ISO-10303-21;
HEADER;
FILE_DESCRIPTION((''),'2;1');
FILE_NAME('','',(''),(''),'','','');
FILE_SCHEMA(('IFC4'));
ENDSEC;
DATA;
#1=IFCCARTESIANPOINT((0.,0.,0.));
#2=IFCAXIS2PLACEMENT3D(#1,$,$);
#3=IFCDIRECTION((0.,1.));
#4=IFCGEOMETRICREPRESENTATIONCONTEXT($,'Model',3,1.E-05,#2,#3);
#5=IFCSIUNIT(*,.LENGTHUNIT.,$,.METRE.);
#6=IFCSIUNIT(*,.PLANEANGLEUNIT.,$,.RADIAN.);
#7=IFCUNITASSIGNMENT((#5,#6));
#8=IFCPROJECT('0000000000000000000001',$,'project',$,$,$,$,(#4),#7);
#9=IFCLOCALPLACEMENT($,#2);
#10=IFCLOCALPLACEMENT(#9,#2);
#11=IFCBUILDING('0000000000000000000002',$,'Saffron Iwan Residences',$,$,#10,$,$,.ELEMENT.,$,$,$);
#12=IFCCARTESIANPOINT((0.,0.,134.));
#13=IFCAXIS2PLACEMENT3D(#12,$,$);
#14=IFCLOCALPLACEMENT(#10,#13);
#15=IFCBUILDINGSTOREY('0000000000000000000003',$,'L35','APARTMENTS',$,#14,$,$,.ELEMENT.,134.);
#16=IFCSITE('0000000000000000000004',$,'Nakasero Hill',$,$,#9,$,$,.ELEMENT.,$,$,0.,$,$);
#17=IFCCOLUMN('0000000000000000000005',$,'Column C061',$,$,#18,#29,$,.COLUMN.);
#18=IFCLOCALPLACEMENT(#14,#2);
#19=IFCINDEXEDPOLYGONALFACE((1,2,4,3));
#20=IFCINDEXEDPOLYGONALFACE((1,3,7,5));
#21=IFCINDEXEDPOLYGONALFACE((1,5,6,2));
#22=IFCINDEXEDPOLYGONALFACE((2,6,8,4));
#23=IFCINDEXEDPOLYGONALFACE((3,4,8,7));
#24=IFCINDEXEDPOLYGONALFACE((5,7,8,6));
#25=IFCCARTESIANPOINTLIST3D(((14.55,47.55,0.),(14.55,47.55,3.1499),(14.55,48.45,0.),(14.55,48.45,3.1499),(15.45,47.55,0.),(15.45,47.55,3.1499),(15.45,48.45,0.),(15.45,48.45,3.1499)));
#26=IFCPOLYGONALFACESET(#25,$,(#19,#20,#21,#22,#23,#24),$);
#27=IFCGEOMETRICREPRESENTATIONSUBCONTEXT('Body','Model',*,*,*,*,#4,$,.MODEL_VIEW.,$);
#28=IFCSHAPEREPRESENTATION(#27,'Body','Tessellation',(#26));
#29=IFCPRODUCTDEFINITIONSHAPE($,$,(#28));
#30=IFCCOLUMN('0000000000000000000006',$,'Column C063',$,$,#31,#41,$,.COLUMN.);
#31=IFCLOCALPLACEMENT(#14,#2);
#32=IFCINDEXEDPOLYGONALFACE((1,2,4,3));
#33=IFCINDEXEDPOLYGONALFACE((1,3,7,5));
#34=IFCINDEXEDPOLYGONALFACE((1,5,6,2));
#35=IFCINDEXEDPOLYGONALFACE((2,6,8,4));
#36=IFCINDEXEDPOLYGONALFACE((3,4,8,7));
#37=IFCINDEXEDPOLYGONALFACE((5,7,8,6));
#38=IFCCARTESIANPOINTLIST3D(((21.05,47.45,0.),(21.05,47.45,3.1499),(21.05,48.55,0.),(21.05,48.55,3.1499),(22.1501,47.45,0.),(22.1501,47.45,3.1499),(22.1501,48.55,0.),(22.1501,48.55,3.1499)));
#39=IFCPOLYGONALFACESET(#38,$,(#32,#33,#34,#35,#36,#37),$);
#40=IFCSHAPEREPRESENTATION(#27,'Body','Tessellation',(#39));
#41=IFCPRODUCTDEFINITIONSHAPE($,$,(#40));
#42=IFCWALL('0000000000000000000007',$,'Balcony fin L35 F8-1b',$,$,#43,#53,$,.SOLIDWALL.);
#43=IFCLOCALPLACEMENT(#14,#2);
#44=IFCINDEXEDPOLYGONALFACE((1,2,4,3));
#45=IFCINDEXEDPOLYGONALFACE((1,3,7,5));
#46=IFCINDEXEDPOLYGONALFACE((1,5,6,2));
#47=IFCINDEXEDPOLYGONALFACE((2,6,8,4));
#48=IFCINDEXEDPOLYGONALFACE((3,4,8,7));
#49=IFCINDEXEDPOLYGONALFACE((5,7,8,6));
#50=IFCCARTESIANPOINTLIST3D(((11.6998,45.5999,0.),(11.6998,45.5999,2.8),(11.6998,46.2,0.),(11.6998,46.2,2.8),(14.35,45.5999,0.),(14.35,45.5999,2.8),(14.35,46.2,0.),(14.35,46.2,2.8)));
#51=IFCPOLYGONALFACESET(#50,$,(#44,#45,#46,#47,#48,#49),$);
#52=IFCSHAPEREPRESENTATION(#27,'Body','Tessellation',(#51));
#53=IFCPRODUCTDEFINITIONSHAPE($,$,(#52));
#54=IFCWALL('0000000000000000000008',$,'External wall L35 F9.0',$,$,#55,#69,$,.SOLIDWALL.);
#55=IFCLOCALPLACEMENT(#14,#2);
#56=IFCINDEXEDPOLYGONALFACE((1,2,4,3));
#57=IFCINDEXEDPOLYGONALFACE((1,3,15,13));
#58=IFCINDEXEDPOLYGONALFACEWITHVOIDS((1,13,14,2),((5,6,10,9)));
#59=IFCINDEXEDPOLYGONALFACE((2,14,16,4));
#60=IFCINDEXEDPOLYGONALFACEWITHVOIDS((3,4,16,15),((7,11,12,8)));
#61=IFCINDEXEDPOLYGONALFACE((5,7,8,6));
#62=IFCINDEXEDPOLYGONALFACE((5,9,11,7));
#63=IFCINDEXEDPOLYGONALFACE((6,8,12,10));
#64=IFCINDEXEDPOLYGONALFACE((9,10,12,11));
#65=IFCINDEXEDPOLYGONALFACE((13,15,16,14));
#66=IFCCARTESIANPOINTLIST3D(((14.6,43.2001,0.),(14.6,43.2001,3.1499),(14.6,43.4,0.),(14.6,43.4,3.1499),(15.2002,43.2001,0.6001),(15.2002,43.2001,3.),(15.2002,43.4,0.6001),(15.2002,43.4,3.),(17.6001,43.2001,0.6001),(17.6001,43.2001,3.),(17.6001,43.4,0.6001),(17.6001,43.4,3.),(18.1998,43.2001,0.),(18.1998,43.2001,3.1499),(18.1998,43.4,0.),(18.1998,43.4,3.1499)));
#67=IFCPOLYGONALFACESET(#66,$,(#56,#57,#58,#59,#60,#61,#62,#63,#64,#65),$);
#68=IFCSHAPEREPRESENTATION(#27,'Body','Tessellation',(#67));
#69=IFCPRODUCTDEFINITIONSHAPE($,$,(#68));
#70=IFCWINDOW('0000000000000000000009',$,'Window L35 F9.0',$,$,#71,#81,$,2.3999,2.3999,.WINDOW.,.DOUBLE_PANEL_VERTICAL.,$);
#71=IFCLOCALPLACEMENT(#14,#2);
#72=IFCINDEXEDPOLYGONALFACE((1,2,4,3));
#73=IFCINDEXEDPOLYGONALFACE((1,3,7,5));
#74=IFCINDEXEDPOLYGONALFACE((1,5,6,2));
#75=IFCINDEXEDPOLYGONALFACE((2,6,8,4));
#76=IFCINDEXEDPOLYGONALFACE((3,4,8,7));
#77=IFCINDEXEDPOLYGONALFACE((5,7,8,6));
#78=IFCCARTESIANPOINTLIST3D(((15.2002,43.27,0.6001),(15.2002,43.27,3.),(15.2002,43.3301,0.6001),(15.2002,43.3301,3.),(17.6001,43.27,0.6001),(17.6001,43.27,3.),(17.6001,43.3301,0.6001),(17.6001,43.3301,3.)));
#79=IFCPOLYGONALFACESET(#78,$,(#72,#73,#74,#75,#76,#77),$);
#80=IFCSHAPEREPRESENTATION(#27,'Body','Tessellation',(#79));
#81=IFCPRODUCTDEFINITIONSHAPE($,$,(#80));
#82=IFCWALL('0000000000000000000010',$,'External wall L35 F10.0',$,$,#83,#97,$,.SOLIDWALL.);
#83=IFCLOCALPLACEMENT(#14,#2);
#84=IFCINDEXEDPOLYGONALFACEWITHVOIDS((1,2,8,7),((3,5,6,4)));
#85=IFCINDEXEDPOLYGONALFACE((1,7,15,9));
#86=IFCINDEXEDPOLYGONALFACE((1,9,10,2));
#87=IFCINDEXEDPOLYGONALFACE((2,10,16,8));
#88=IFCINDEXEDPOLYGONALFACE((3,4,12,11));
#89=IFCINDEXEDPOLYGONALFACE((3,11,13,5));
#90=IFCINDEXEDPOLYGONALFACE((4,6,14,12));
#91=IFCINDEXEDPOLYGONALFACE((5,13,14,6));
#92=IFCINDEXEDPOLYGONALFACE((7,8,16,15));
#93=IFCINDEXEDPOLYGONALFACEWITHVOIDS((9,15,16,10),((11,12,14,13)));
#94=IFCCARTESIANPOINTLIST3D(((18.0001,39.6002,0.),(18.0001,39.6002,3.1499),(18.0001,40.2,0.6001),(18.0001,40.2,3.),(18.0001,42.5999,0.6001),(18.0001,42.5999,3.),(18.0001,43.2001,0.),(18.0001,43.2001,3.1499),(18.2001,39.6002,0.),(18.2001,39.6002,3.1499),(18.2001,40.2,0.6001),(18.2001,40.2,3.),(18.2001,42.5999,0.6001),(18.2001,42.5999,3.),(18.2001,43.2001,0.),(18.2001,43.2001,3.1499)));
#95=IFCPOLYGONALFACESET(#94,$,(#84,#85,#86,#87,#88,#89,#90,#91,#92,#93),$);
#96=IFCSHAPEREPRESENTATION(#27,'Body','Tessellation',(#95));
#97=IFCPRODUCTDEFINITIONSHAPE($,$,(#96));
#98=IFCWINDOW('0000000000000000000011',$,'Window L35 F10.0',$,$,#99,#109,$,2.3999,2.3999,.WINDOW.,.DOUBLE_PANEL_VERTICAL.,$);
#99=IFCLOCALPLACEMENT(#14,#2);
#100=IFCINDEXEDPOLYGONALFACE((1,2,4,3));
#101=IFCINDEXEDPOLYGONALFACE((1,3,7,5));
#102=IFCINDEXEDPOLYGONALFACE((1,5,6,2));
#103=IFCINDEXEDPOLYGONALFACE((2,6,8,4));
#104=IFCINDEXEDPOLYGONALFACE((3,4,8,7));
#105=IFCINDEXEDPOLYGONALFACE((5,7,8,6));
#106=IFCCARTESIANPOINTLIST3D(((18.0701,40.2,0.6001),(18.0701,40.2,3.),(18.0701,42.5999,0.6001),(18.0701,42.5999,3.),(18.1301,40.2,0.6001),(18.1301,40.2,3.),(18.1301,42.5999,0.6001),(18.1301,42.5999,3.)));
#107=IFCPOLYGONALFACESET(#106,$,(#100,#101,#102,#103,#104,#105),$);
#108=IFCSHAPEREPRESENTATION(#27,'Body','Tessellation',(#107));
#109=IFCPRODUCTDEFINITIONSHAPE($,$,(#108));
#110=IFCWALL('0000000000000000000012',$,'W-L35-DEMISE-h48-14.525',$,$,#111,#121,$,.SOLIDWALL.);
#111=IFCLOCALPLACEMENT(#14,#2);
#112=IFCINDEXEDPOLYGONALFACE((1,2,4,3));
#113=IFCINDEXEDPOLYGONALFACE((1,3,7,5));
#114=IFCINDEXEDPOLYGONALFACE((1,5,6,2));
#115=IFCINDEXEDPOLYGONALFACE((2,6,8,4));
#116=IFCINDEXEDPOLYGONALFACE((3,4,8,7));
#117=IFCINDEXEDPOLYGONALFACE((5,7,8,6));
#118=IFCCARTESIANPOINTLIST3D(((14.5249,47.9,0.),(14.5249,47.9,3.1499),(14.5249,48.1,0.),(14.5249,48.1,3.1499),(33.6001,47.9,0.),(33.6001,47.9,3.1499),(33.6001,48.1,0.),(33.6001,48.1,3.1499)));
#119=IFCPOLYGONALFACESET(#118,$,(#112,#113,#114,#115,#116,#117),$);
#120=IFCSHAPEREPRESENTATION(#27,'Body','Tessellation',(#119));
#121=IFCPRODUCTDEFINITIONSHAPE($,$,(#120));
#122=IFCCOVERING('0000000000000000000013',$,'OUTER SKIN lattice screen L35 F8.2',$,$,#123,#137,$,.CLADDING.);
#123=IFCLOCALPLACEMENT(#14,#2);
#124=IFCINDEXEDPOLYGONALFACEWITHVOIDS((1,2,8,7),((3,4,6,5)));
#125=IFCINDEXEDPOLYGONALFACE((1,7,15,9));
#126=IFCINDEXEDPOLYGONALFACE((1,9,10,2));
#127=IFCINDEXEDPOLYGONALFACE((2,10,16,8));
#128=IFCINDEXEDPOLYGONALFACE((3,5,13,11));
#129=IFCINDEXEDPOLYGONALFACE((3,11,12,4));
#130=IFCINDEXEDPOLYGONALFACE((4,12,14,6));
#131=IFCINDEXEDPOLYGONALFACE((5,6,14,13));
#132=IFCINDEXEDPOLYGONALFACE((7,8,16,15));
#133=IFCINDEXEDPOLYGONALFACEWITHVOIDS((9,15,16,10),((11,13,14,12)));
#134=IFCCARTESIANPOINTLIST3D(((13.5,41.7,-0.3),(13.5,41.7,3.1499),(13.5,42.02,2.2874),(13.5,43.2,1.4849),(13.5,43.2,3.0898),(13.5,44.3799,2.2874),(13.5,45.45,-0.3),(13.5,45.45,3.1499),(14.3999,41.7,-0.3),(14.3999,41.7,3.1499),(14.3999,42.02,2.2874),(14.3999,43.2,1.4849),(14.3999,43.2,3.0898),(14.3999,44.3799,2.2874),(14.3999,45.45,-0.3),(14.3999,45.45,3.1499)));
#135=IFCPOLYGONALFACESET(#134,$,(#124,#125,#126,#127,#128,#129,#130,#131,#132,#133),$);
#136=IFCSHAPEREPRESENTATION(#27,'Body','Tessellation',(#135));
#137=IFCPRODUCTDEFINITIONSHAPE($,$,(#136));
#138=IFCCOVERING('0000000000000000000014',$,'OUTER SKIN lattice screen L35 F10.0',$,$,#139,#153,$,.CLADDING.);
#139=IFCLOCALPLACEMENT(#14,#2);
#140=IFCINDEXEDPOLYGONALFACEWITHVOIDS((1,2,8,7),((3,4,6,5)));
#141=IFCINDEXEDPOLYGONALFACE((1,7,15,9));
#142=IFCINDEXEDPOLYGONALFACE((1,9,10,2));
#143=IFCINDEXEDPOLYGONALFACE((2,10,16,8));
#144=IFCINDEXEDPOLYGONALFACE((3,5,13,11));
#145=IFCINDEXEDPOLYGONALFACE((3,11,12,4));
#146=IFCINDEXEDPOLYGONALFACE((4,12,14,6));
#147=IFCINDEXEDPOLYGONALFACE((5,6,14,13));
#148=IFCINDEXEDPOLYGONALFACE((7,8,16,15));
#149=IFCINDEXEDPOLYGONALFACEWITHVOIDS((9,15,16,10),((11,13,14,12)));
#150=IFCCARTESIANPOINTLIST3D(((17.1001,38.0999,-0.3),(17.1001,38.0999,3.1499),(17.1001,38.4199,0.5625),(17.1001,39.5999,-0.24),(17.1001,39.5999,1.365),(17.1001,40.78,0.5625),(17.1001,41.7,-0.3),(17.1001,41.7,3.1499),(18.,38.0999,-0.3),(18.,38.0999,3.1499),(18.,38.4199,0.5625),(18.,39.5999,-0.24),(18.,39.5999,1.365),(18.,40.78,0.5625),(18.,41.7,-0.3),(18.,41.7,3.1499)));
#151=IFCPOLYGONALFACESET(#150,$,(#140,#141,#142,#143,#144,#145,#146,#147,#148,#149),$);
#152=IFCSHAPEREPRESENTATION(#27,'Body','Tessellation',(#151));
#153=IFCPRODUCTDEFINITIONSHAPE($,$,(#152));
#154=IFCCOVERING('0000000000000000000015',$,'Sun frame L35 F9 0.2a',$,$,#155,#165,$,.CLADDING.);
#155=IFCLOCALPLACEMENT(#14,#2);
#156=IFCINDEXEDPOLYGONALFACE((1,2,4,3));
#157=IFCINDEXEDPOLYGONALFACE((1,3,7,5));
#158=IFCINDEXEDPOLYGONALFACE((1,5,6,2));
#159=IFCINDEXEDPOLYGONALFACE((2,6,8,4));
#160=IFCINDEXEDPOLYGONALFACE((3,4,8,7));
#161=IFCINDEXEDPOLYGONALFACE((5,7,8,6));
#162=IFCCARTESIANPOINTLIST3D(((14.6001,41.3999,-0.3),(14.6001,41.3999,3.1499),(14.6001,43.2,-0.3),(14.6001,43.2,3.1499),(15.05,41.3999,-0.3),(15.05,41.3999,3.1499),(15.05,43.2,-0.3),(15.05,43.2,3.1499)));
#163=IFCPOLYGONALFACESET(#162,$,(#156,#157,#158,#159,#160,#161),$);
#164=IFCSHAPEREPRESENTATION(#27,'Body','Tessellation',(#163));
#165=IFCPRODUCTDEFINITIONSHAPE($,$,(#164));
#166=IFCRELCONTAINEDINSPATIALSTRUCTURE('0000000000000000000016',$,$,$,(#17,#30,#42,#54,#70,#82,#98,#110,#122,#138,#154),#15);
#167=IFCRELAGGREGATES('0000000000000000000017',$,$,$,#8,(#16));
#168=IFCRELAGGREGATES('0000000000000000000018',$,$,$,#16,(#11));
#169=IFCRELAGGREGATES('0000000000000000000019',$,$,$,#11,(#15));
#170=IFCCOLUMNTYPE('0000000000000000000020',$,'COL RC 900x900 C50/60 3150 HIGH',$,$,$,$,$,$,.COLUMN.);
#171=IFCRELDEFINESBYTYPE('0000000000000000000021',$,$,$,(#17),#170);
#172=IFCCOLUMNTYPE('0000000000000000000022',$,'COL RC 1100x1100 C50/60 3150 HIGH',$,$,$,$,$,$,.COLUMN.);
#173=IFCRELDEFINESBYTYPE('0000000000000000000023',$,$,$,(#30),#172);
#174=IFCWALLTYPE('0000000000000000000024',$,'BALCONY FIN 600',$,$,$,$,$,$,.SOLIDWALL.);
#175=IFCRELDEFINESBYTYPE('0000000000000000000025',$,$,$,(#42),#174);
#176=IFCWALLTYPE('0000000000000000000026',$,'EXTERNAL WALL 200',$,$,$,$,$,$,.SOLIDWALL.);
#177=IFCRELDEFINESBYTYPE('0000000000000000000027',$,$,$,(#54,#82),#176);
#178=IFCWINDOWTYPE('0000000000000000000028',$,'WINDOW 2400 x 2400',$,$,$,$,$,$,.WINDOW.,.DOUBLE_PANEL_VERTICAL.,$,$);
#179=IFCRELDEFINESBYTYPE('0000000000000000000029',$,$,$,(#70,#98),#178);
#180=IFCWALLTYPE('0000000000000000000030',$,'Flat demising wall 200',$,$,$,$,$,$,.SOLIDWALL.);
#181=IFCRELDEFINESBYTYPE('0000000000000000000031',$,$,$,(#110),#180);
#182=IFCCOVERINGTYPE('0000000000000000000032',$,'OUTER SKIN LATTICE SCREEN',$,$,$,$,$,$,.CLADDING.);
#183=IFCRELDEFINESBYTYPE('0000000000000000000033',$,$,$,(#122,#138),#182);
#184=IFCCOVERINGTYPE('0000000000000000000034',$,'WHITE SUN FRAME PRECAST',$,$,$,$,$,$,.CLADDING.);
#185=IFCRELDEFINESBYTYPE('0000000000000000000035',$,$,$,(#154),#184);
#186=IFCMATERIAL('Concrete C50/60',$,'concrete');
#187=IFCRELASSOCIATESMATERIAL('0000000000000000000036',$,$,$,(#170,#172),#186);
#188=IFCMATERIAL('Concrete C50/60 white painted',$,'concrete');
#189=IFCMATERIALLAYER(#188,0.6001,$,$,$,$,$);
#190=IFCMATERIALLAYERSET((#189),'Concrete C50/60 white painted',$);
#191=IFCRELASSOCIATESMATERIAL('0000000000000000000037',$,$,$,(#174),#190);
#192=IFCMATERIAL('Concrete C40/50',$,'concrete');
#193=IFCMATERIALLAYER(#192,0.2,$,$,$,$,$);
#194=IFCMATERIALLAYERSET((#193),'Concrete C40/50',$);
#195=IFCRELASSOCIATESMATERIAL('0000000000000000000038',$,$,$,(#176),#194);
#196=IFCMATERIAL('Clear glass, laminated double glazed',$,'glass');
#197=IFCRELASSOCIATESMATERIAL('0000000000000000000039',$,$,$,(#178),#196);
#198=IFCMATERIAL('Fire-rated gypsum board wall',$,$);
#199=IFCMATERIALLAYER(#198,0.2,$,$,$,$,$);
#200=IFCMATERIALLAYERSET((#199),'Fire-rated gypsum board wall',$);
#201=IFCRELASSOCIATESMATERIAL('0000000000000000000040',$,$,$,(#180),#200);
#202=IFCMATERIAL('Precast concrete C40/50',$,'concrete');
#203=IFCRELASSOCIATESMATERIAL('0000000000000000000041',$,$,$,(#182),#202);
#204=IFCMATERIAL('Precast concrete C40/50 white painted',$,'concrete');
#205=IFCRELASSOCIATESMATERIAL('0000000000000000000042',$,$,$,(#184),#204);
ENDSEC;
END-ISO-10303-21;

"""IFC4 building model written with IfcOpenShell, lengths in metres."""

from ifc_helpers import new_model, si_unit, direction, frame, frame_2d, origin, origin_2d, place, context, subcontext, project, spatial, polyline, rectangle, outline, extrude, source, transform, mapped, material, layer, layer_set, material_profile, profile_set, type_object, element, fill, save


model = new_model("IFC4")

# Units and contexts
model_context = context("Model", 3, precision=1e-05, world=origin(), true_north=direction((0.0, 1.0)))
body_context = subcontext(model_context, "Body", "Model", "MODEL_VIEW")
ifc_project = project(units=[si_unit("LENGTHUNIT", "METRE"), si_unit("PLANEANGLEUNIT", "RADIAN")], contexts=[model_context])

# Site, building, storey
site_placement = place(None, origin())
site = spatial("IfcSite", under=ifc_project, at=site_placement, Name="Nakasero Hill", CompositionType="ELEMENT", RefElevation=0.0)
building_placement = place(site_placement, origin())
building = spatial("IfcBuilding", under=site, at=building_placement, Name="Saffron Iwan Residences", CompositionType="ELEMENT")
storey_placement = place(building_placement, frame((0.0, 0.0, 134.0)))
storey = spatial("IfcBuildingStorey", under=building, at=storey_placement, Name="L35", Description="APARTMENTS", CompositionType="ELEMENT", Elevation=134.0)

# Columns
ifc_material_1 = material(Name="Concrete C50/60", Category="concrete")
ifc_material_profile_1 = material_profile(ifc_material_1, rectangle(XDim=0.8999, YDim=0.8999, at=origin_2d()), Name="RC 900x900")
ifc_profile_set_1 = profile_set([ifc_material_profile_1], Name="Concrete C50/60")
column_type_1 = type_object("IfcColumnType", Name="COL RC 900x900 C50/60 3150 HIGH", PredefinedType="COLUMN", material=ifc_profile_set_1)
shared_shape_1 = source(origin(), body_context, "Body", "SweptSolid", [
    extrude(rectangle(XDim=0.8999, YDim=0.8999, at=origin_2d()), origin(), (0.0, 0.0, 1.0), 3.1499),
])
column_1_placement = place(storey_placement, frame((15.0, 48.0, 0.0), z_axis=(0.0, 0.0, 1.0), x_axis=(1.0, 0.0, 0.0)))
element("IfcColumn", 1, at=column_1_placement, inside=storey, type_object=column_type_1, Name="Column C061", PredefinedType="COLUMN", context=body_context, shape_type="MappedRepresentation", body=[
    mapped(shared_shape_1, transform((0.0, 0.0, 0.0))),
])
ifc_material_profile_2 = material_profile(ifc_material_1, rectangle(XDim=1.1001, YDim=1.1001, at=origin_2d()), Name="RC 1100x1100")
ifc_profile_set_2 = profile_set([ifc_material_profile_2], Name="Concrete C50/60")
column_type_2 = type_object("IfcColumnType", Name="COL RC 1100x1100 C50/60 3150 HIGH", PredefinedType="COLUMN", material=ifc_profile_set_2)
shared_shape_2 = source(origin(), body_context, "Body", "SweptSolid", [
    extrude(rectangle(XDim=1.1001, YDim=1.1001, at=origin_2d()), origin(), (0.0, 0.0, 1.0), 3.1499),
])
column_2_placement = place(storey_placement, frame((21.6001, 48.0, 0.0), z_axis=(0.0, 0.0, 1.0), x_axis=(1.0, 0.0, 0.0)))
element("IfcColumn", 2, at=column_2_placement, inside=storey, type_object=column_type_2, Name="Column C063", PredefinedType="COLUMN", context=body_context, shape_type="MappedRepresentation", body=[
    mapped(shared_shape_2, transform((0.0, 0.0, 0.0))),
])

# Wall
ifc_material_2 = material(Name="Concrete C50/60 white painted", Category="concrete")
ifc_layer_1 = layer(ifc_material_2, 0.6001)
ifc_layer_set_1 = layer_set([ifc_layer_1], Name="Concrete C50/60 white painted")
wall_type_1 = type_object("IfcWallType", Name="BALCONY FIN 600", PredefinedType="SOLIDWALL", material=ifc_layer_set_1)
wall_1_placement = place(storey_placement, frame((14.3501, 45.8999, 0.0), z_axis=(0.0, 0.0, 1.0), x_axis=(-1.0, 0.0, 0.0)))
element("IfcWall", 3, at=wall_1_placement, inside=storey, type_object=wall_type_1, Name="Balcony fin L35 F8-1b", PredefinedType="SOLIDWALL", context=body_context, shape_type="SweptSolid", body=[
    extrude(rectangle(XDim=2.6501, YDim=0.6001, at=frame_2d((1.3252, 0.0))), origin(), (0.0, 0.0, 1.0), 2.8),
])

# Walls, openings, windows
ifc_material_3 = material(Name="Concrete C40/50", Category="concrete")
ifc_layer_2 = layer(ifc_material_3, 0.2)
ifc_layer_set_2 = layer_set([ifc_layer_2], Name="Concrete C40/50")
wall_type_2 = type_object("IfcWallType", Name="EXTERNAL WALL 200", PredefinedType="SOLIDWALL", material=ifc_layer_set_2)
wall_2_placement = place(storey_placement, frame((14.6001, 43.3, 0.0), z_axis=(0.0, 0.0, 1.0), x_axis=(1.0, 0.0, 0.0)))
wall_2 = element("IfcWall", 4, at=wall_2_placement, inside=storey, type_object=wall_type_2, Name="External wall L35 F9.0", PredefinedType="SOLIDWALL", context=body_context, shape_type="SweptSolid", body=[
    extrude(rectangle(XDim=3.5999, YDim=0.2, at=frame_2d((1.7998, 0.0))), origin(), (0.0, 0.0, 1.0), 3.1499),
])
opening_1_placement = place(wall_2_placement, frame((0.6001, 0.0, 0.6001)))
opening_1 = element("IfcOpeningElement", 5, at=opening_1_placement, cuts=wall_2, PredefinedType="OPENING", context=body_context, shape_type="SweptSolid", body=[
    extrude(rectangle(XDim=2.3999, YDim=2.3999, at=frame_2d((1.2, 1.2))), frame((0.0, 0.1099, 0.0), z_axis=(0.0, -1.0, 0.0), x_axis=(1.0, 0.0, 0.0)), (0.0, 0.0, 1.0), 0.22),
])
ifc_material_4 = material(Name="Clear glass, laminated double glazed", Category="glass")
window_type = type_object("IfcWindowType", Name="WINDOW 2400 x 2400", PartitioningType="DOUBLE_PANEL_VERTICAL", PredefinedType="WINDOW", material=ifc_material_4)
window_1_placement = place(opening_1_placement, origin())
window_1 = element("IfcWindow", 6, at=window_1_placement, inside=storey, type_object=window_type, Name="Window L35 F9.0", OverallHeight=2.3999, OverallWidth=2.3999, PartitioningType="DOUBLE_PANEL_VERTICAL", PredefinedType="WINDOW", context=body_context, shape_type="SweptSolid", body=[
    extrude(rectangle(XDim=2.3999, YDim=2.3999, at=frame_2d((1.2, 1.2))), frame((0.0, 0.03, 0.0), z_axis=(0.0, -1.0, 0.0), x_axis=(1.0, 0.0, 0.0)), (0.0, 0.0, 1.0), 0.0601),
])
fill(opening_1, window_1)
wall_3_placement = place(storey_placement, frame((18.1001, 43.2, 0.0), z_axis=(0.0, 0.0, 1.0), x_axis=(0.0, -1.0, 0.0)))
wall_3 = element("IfcWall", 7, at=wall_3_placement, inside=storey, type_object=wall_type_2, Name="External wall L35 F10.0", PredefinedType="SOLIDWALL", context=body_context, shape_type="SweptSolid", body=[
    extrude(rectangle(XDim=3.5999, YDim=0.2, at=frame_2d((1.7998, 0.0))), origin(), (0.0, 0.0, 1.0), 3.1499),
])
opening_2_placement = place(wall_3_placement, frame((0.6001, 0.0, 0.6001)))
opening_2 = element("IfcOpeningElement", 8, at=opening_2_placement, cuts=wall_3, PredefinedType="OPENING", context=body_context, shape_type="SweptSolid", body=[
    extrude(rectangle(XDim=2.3999, YDim=2.3999, at=frame_2d((1.2, 1.2))), frame((0.0, 0.1099, 0.0), z_axis=(0.0, -1.0, 0.0), x_axis=(1.0, 0.0, 0.0)), (0.0, 0.0, 1.0), 0.22),
])
window_2_placement = place(opening_2_placement, origin())
window_2 = element("IfcWindow", 9, at=window_2_placement, inside=storey, type_object=window_type, Name="Window L35 F10.0", OverallHeight=2.3999, OverallWidth=2.3999, PartitioningType="DOUBLE_PANEL_VERTICAL", PredefinedType="WINDOW", context=body_context, shape_type="SweptSolid", body=[
    extrude(rectangle(XDim=2.3999, YDim=2.3999, at=frame_2d((1.2, 1.2))), frame((0.0, 0.03, 0.0), z_axis=(0.0, -1.0, 0.0), x_axis=(1.0, 0.0, 0.0)), (0.0, 0.0, 1.0), 0.0601),
])
fill(opening_2, window_2)

# Wall
ifc_material_5 = material(Name="Fire-rated gypsum board wall")
ifc_layer_3 = layer(ifc_material_5, 0.2)
ifc_layer_set_3 = layer_set([ifc_layer_3], Name="Fire-rated gypsum board wall")
wall_type_3 = type_object("IfcWallType", Name="Flat demising wall 200", PredefinedType="SOLIDWALL", material=ifc_layer_set_3)
wall_4_placement = place(storey_placement, frame((14.5249, 48.0, 0.0), z_axis=(0.0, 0.0, 1.0), x_axis=(1.0, 0.0, 0.0)))
element("IfcWall", 10, at=wall_4_placement, inside=storey, type_object=wall_type_3, Name="W-L35-DEMISE-h48-14.525", PredefinedType="SOLIDWALL", context=body_context, shape_type="SweptSolid", body=[
    extrude(rectangle(XDim=19.0752, YDim=0.2, at=frame_2d((9.5376, 0.0))), origin(), (0.0, 0.0, 1.0), 3.1499),
])

# Coverings
ifc_material_6 = material(Name="Precast concrete C40/50", Category="concrete")
covering_type_1 = type_object("IfcCoveringType", Name="OUTER SKIN LATTICE SCREEN", PredefinedType="CLADDING", material=ifc_material_6)
covering_1_placement = place(storey_placement, frame((14.3999, 45.45, -0.3), z_axis=(-1.0, 0.0, 0.0), x_axis=(0.0, -1.0, 0.0)))
element("IfcCovering", 11, at=covering_1_placement, inside=storey, type_object=covering_type_1, Name="OUTER SKIN lattice screen L35 F8.2", PredefinedType="CLADDING", context=body_context, shape_type="SweptSolid", body=[
    extrude(outline(polyline([(0.0, 0.0), (3.75, 0.0), (3.75, 3.45), (0.0, 3.45), (0.0, 0.0)]), holes=[polyline([(1.0701, 2.5874), (2.25, 1.7849), (3.4299, 2.5874), (2.25, 3.3899), (1.0701, 2.5874)])]), origin(), (0.0, 0.0, 1.0), 0.8999),
])
covering_2_placement = place(storey_placement, frame((18.0, 41.7, -0.3), z_axis=(-1.0, 0.0, 0.0), x_axis=(0.0, -1.0, 0.0)))
element("IfcCovering", 12, at=covering_2_placement, inside=storey, type_object=covering_type_1, Name="OUTER SKIN lattice screen L35 F10.0", PredefinedType="CLADDING", context=body_context, shape_type="SweptSolid", body=[
    extrude(outline(polyline([(0.0, 0.0), (3.6001, 0.0), (3.6001, 3.45), (0.0, 3.45), (0.0, 0.0)]), holes=[polyline([(0.9199, 0.8625), (2.1001, 0.0601), (3.28, 0.8625), (2.1001, 1.665), (0.9199, 0.8625)])]), origin(), (0.0, 0.0, 1.0), 0.8999),
])
ifc_material_7 = material(Name="Precast concrete C40/50 white painted", Category="concrete")
covering_type_2 = type_object("IfcCoveringType", Name="WHITE SUN FRAME PRECAST", PredefinedType="CLADDING", material=ifc_material_7)
for number, where, z_axis, x_axis, name in (
    (13, (14.6001, 43.2, -0.3), (0.0, -1.0, 0.0), (1.0, 0.0, 0.0), "Sun frame L35 F9 0.2a"),
):
    element("IfcCovering", number, at=place(storey_placement, frame(where, z_axis=z_axis, x_axis=x_axis)), inside=storey, type_object=covering_type_2, Name=name, PredefinedType="CLADDING", context=body_context, shape_type="SweptSolid", body=[
        extrude(outline(polyline([(0.0, 0.0), (0.45, 0.0), (0.45, 3.45), (0.0, 3.45), (0.0, 0.0)])), origin(), (0.0, 0.0, 1.0), 1.8),
    ])

save(model, "model.ifc")
